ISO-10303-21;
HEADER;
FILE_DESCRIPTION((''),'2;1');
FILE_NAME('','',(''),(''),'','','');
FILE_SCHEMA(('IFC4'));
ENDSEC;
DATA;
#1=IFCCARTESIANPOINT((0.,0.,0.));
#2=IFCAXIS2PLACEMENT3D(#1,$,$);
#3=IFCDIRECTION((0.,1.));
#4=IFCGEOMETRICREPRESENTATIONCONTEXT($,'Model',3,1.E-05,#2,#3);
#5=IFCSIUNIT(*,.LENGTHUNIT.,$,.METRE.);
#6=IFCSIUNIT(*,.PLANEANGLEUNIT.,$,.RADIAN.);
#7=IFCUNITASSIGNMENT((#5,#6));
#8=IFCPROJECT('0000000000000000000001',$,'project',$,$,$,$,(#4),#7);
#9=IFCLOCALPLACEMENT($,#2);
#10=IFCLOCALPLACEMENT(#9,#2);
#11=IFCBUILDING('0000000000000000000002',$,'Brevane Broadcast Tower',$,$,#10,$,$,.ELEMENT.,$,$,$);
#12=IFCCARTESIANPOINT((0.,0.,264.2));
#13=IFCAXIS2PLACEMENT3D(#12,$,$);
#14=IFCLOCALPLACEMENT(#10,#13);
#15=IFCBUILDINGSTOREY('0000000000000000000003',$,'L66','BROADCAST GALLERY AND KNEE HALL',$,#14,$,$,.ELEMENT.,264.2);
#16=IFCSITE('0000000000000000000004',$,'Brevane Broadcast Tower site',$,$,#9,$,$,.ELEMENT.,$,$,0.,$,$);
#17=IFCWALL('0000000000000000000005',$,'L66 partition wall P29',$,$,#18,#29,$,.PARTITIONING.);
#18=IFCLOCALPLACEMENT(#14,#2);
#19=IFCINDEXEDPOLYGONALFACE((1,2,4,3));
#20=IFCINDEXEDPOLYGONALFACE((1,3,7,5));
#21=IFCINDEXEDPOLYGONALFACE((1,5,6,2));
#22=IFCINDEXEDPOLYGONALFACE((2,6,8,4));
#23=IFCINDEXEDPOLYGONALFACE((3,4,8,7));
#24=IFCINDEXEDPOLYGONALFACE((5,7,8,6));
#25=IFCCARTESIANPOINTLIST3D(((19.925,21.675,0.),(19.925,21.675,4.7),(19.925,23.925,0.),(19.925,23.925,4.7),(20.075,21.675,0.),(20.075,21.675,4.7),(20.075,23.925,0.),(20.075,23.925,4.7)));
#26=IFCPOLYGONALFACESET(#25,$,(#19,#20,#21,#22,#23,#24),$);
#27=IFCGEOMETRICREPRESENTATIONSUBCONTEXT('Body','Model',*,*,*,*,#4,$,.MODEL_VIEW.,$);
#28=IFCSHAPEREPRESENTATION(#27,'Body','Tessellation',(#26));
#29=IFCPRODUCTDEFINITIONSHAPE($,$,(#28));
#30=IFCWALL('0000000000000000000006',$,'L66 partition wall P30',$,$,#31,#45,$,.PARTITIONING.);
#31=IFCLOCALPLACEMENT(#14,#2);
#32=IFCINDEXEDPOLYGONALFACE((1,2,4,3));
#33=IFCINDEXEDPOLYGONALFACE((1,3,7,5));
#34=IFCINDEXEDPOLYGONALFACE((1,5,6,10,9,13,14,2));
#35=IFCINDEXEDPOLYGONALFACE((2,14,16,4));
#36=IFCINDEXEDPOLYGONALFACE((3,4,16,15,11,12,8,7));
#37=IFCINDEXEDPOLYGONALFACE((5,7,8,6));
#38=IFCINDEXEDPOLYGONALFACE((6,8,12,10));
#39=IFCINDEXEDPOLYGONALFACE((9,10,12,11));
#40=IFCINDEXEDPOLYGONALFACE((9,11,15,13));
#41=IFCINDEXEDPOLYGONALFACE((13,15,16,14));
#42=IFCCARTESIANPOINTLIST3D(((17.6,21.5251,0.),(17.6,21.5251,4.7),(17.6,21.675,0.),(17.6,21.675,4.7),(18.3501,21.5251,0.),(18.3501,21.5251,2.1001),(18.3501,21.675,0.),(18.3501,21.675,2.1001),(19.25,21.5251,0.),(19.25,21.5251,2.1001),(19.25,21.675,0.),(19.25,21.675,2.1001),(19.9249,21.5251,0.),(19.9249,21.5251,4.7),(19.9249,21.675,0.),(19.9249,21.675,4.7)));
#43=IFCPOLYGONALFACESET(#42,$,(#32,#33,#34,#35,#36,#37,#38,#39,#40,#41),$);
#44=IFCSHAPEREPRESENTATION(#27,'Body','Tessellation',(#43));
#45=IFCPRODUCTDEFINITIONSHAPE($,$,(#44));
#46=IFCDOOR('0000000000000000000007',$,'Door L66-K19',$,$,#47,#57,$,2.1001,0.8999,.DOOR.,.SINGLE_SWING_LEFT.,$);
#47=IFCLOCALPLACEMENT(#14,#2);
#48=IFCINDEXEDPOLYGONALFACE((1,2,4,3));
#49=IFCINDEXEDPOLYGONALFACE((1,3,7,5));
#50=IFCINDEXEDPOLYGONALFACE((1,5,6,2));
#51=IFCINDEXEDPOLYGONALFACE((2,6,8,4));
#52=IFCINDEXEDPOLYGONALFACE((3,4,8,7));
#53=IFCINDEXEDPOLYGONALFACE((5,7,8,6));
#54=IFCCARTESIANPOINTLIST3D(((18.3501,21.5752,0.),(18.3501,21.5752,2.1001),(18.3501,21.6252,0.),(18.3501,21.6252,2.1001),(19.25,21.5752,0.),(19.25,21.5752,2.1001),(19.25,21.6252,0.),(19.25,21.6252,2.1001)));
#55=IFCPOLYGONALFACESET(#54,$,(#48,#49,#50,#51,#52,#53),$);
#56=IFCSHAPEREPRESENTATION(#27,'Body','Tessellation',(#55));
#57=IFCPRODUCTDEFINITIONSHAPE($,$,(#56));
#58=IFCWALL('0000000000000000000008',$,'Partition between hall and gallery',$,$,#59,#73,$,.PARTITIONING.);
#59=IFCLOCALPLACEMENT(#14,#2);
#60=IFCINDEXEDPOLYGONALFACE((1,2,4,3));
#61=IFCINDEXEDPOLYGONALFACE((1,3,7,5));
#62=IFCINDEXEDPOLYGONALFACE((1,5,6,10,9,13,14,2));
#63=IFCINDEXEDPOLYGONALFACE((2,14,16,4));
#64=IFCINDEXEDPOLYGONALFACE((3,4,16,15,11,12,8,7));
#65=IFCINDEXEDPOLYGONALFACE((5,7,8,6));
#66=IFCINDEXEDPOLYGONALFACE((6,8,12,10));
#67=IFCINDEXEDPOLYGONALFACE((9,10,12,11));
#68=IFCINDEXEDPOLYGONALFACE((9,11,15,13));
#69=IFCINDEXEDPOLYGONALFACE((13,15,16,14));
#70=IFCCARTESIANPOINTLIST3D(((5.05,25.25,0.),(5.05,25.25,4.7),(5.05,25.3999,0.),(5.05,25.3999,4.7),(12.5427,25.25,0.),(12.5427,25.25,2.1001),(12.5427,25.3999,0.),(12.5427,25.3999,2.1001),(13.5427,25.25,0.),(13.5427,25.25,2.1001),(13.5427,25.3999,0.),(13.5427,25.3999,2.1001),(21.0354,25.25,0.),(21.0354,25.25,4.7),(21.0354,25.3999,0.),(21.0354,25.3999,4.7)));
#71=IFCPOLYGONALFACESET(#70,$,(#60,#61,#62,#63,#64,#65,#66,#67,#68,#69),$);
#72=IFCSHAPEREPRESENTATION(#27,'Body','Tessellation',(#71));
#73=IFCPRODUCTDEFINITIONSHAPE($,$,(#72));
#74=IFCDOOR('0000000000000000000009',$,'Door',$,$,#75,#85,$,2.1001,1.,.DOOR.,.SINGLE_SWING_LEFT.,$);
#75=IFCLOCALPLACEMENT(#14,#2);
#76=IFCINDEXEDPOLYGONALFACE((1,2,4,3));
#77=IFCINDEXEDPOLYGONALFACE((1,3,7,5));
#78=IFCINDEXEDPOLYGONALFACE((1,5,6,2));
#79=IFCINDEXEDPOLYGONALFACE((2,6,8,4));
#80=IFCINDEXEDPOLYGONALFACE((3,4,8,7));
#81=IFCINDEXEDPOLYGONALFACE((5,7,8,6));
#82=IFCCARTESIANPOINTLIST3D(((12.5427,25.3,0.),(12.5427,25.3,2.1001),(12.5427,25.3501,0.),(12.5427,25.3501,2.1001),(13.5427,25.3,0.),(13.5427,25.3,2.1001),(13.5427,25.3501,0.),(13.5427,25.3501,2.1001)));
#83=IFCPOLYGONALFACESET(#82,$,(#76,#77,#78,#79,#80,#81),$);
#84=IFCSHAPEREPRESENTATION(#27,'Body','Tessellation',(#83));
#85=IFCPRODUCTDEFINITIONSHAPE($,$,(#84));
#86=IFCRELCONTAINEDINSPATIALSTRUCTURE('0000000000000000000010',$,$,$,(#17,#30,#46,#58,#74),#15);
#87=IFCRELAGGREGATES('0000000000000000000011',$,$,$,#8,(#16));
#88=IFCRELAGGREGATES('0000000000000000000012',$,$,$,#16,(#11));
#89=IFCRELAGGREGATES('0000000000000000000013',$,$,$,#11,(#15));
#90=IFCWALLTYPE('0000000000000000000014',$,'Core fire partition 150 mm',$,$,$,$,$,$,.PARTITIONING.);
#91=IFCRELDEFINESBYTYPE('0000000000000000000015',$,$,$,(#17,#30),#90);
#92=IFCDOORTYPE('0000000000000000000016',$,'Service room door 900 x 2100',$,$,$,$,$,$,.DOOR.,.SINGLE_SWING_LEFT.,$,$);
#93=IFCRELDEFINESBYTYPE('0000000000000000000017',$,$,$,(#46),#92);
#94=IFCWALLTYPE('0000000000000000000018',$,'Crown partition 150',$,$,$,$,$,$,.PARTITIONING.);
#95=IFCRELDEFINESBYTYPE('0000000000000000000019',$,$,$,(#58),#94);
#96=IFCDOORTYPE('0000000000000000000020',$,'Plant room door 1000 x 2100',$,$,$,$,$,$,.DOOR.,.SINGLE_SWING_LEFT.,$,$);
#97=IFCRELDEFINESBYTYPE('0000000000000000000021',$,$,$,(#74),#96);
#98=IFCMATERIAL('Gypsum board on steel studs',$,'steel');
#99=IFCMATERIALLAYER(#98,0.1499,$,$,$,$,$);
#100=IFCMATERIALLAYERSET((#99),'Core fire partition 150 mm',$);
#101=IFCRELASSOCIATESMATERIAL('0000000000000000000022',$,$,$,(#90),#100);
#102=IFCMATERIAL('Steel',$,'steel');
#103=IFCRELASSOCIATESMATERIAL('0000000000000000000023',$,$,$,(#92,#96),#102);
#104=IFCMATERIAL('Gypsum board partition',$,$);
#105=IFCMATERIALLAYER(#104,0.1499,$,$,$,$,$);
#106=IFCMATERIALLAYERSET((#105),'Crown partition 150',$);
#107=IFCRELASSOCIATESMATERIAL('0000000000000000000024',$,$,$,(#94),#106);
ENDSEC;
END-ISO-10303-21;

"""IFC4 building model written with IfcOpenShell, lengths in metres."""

from ifc_helpers import new_model, si_unit, direction, frame, frame_2d, origin, place, context, subcontext, project, spatial, rectangle, extrude, material, layer, layer_set, type_object, element, fill, save


model = new_model("IFC4")

# Units and contexts
model_context = context("Model", 3, precision=1e-05, world=origin(), true_north=direction((0.0, 1.0)))
body_context = subcontext(model_context, "Body", "Model", "MODEL_VIEW")
ifc_project = project(units=[si_unit("LENGTHUNIT", "METRE"), si_unit("PLANEANGLEUNIT", "RADIAN")], contexts=[model_context])

# Site, building, storey
site_placement = place(None, origin())
site = spatial("IfcSite", under=ifc_project, at=site_placement, Name="Brevane Broadcast Tower site", CompositionType="ELEMENT", RefElevation=0.0)
building_placement = place(site_placement, origin())
building = spatial("IfcBuilding", under=site, at=building_placement, Name="Brevane Broadcast Tower", CompositionType="ELEMENT")
storey_placement = place(building_placement, frame((0.0, 0.0, 264.2)))
storey = spatial("IfcBuildingStorey", under=building, at=storey_placement, Name="L66", Description="BROADCAST GALLERY AND KNEE HALL", CompositionType="ELEMENT", Elevation=264.2)

# Shared definitions
ifc_material_1 = material(Name="Gypsum board on steel studs", Category="steel")
ifc_layer_1 = layer(ifc_material_1, 0.1499)
ifc_layer_set_1 = layer_set([ifc_layer_1], Name="Core fire partition 150 mm")
wall_type_1 = type_object("IfcWallType", Name="Core fire partition 150 mm", PredefinedType="PARTITIONING", material=ifc_layer_set_1)

# Wall
wall_1_placement = place(storey_placement, frame((20.0, 21.675, 0.0), z_axis=(0.0, 0.0, 1.0), x_axis=(0.0, 1.0, 0.0)))
element("IfcWall", 1, at=wall_1_placement, inside=storey, type_object=wall_type_1, Name="L66 partition wall P29", PredefinedType="PARTITIONING", context=body_context, shape_type="SweptSolid", body=[
    extrude(rectangle(XDim=2.25, YDim=0.1499, at=frame_2d((1.125, 0.0))), origin(), (0.0, 0.0, 1.0), 4.7),
])

# Walls, openings, doors
wall_2_placement = place(storey_placement, frame((19.925, 21.6001, 0.0), z_axis=(0.0, 0.0, 1.0), x_axis=(-1.0, 0.0, 0.0)))
wall_2 = element("IfcWall", 2, at=wall_2_placement, inside=storey, type_object=wall_type_1, Name="L66 partition wall P30", PredefinedType="PARTITIONING", context=body_context, shape_type="SweptSolid", body=[
    extrude(rectangle(XDim=2.325, YDim=0.1499, at=frame_2d((1.1626, 0.0))), origin(), (0.0, 0.0, 1.0), 4.7),
])
opening_1_placement = place(wall_2_placement, frame((0.675, 0.0, 0.0)))
opening_1 = element("IfcOpeningElement", 3, at=opening_1_placement, cuts=wall_2, PredefinedType="OPENING", context=body_context, shape_type="SweptSolid", body=[
    extrude(rectangle(XDim=0.8999, YDim=2.1001, at=frame_2d((0.45, 1.05))), frame((0.0, 0.085, 0.0), z_axis=(0.0, -1.0, 0.0), x_axis=(1.0, 0.0, 0.0)), (0.0, 0.0, 1.0), 0.1699),
])
ifc_material_2 = material(Name="Steel", Category="steel")
door_type_1 = type_object("IfcDoorType", Name="Service room door 900 x 2100", OperationType="SINGLE_SWING_LEFT", PredefinedType="DOOR", material=ifc_material_2)
door_1_placement = place(opening_1_placement, origin())
door_1 = element("IfcDoor", 4, at=door_1_placement, inside=storey, type_object=door_type_1, Name="Door L66-K19", OperationType="SINGLE_SWING_LEFT", OverallHeight=2.1001, OverallWidth=0.8999, PredefinedType="DOOR", context=body_context, shape_type="SweptSolid", body=[
    extrude(rectangle(XDim=0.8999, YDim=2.1001, at=frame_2d((0.45, 1.05))), frame((0.0, 0.0249, 0.0), z_axis=(0.0, -1.0, 0.0), x_axis=(1.0, 0.0, 0.0)), (0.0, 0.0, 1.0), 0.05),
])
fill(opening_1, door_1)
ifc_material_3 = material(Name="Gypsum board partition")
ifc_layer_2 = layer(ifc_material_3, 0.1499)
ifc_layer_set_2 = layer_set([ifc_layer_2], Name="Crown partition 150")
wall_type_2 = type_object("IfcWallType", Name="Crown partition 150", PredefinedType="PARTITIONING", material=ifc_layer_set_2)
wall_3_placement = place(storey_placement, frame((21.0354, 25.325, 0.0), z_axis=(0.0, 0.0, 1.0), x_axis=(-1.0, 0.0, 0.0)))
wall_3 = element("IfcWall", 5, at=wall_3_placement, inside=storey, type_object=wall_type_2, Name="Partition between hall and gallery", PredefinedType="PARTITIONING", context=body_context, shape_type="SweptSolid", body=[
    extrude(rectangle(XDim=15.9854, YDim=0.1499, at=frame_2d((7.9927, 0.0))), origin(), (0.0, 0.0, 1.0), 4.7),
])
opening_2_placement = place(wall_3_placement, frame((7.4927, 0.0, 0.0)))
opening_2 = element("IfcOpeningElement", 6, at=opening_2_placement, cuts=wall_3, PredefinedType="OPENING", context=body_context, shape_type="SweptSolid", body=[
    extrude(rectangle(XDim=1.0, YDim=2.1001, at=frame_2d((0.5, 1.05))), frame((0.0, 0.085, 0.0), z_axis=(0.0, -1.0, 0.0), x_axis=(1.0, 0.0, 0.0)), (0.0, 0.0, 1.0), 0.1699),
])
door_type_2 = type_object("IfcDoorType", Name="Plant room door 1000 x 2100", OperationType="SINGLE_SWING_LEFT", PredefinedType="DOOR", material=ifc_material_2)
door_2_placement = place(opening_2_placement, origin())
door_2 = element("IfcDoor", 7, at=door_2_placement, inside=storey, type_object=door_type_2, Name="Door", OperationType="SINGLE_SWING_LEFT", OverallHeight=2.1001, OverallWidth=1.0, PredefinedType="DOOR", context=body_context, shape_type="SweptSolid", body=[
    extrude(rectangle(XDim=1.0, YDim=2.1001, at=frame_2d((0.5, 1.05))), frame((0.0, 0.0249, 0.0), z_axis=(0.0, -1.0, 0.0), x_axis=(1.0, 0.0, 0.0)), (0.0, 0.0, 1.0), 0.05),
])
fill(opening_2, door_2)

save(model, "model.ifc")
